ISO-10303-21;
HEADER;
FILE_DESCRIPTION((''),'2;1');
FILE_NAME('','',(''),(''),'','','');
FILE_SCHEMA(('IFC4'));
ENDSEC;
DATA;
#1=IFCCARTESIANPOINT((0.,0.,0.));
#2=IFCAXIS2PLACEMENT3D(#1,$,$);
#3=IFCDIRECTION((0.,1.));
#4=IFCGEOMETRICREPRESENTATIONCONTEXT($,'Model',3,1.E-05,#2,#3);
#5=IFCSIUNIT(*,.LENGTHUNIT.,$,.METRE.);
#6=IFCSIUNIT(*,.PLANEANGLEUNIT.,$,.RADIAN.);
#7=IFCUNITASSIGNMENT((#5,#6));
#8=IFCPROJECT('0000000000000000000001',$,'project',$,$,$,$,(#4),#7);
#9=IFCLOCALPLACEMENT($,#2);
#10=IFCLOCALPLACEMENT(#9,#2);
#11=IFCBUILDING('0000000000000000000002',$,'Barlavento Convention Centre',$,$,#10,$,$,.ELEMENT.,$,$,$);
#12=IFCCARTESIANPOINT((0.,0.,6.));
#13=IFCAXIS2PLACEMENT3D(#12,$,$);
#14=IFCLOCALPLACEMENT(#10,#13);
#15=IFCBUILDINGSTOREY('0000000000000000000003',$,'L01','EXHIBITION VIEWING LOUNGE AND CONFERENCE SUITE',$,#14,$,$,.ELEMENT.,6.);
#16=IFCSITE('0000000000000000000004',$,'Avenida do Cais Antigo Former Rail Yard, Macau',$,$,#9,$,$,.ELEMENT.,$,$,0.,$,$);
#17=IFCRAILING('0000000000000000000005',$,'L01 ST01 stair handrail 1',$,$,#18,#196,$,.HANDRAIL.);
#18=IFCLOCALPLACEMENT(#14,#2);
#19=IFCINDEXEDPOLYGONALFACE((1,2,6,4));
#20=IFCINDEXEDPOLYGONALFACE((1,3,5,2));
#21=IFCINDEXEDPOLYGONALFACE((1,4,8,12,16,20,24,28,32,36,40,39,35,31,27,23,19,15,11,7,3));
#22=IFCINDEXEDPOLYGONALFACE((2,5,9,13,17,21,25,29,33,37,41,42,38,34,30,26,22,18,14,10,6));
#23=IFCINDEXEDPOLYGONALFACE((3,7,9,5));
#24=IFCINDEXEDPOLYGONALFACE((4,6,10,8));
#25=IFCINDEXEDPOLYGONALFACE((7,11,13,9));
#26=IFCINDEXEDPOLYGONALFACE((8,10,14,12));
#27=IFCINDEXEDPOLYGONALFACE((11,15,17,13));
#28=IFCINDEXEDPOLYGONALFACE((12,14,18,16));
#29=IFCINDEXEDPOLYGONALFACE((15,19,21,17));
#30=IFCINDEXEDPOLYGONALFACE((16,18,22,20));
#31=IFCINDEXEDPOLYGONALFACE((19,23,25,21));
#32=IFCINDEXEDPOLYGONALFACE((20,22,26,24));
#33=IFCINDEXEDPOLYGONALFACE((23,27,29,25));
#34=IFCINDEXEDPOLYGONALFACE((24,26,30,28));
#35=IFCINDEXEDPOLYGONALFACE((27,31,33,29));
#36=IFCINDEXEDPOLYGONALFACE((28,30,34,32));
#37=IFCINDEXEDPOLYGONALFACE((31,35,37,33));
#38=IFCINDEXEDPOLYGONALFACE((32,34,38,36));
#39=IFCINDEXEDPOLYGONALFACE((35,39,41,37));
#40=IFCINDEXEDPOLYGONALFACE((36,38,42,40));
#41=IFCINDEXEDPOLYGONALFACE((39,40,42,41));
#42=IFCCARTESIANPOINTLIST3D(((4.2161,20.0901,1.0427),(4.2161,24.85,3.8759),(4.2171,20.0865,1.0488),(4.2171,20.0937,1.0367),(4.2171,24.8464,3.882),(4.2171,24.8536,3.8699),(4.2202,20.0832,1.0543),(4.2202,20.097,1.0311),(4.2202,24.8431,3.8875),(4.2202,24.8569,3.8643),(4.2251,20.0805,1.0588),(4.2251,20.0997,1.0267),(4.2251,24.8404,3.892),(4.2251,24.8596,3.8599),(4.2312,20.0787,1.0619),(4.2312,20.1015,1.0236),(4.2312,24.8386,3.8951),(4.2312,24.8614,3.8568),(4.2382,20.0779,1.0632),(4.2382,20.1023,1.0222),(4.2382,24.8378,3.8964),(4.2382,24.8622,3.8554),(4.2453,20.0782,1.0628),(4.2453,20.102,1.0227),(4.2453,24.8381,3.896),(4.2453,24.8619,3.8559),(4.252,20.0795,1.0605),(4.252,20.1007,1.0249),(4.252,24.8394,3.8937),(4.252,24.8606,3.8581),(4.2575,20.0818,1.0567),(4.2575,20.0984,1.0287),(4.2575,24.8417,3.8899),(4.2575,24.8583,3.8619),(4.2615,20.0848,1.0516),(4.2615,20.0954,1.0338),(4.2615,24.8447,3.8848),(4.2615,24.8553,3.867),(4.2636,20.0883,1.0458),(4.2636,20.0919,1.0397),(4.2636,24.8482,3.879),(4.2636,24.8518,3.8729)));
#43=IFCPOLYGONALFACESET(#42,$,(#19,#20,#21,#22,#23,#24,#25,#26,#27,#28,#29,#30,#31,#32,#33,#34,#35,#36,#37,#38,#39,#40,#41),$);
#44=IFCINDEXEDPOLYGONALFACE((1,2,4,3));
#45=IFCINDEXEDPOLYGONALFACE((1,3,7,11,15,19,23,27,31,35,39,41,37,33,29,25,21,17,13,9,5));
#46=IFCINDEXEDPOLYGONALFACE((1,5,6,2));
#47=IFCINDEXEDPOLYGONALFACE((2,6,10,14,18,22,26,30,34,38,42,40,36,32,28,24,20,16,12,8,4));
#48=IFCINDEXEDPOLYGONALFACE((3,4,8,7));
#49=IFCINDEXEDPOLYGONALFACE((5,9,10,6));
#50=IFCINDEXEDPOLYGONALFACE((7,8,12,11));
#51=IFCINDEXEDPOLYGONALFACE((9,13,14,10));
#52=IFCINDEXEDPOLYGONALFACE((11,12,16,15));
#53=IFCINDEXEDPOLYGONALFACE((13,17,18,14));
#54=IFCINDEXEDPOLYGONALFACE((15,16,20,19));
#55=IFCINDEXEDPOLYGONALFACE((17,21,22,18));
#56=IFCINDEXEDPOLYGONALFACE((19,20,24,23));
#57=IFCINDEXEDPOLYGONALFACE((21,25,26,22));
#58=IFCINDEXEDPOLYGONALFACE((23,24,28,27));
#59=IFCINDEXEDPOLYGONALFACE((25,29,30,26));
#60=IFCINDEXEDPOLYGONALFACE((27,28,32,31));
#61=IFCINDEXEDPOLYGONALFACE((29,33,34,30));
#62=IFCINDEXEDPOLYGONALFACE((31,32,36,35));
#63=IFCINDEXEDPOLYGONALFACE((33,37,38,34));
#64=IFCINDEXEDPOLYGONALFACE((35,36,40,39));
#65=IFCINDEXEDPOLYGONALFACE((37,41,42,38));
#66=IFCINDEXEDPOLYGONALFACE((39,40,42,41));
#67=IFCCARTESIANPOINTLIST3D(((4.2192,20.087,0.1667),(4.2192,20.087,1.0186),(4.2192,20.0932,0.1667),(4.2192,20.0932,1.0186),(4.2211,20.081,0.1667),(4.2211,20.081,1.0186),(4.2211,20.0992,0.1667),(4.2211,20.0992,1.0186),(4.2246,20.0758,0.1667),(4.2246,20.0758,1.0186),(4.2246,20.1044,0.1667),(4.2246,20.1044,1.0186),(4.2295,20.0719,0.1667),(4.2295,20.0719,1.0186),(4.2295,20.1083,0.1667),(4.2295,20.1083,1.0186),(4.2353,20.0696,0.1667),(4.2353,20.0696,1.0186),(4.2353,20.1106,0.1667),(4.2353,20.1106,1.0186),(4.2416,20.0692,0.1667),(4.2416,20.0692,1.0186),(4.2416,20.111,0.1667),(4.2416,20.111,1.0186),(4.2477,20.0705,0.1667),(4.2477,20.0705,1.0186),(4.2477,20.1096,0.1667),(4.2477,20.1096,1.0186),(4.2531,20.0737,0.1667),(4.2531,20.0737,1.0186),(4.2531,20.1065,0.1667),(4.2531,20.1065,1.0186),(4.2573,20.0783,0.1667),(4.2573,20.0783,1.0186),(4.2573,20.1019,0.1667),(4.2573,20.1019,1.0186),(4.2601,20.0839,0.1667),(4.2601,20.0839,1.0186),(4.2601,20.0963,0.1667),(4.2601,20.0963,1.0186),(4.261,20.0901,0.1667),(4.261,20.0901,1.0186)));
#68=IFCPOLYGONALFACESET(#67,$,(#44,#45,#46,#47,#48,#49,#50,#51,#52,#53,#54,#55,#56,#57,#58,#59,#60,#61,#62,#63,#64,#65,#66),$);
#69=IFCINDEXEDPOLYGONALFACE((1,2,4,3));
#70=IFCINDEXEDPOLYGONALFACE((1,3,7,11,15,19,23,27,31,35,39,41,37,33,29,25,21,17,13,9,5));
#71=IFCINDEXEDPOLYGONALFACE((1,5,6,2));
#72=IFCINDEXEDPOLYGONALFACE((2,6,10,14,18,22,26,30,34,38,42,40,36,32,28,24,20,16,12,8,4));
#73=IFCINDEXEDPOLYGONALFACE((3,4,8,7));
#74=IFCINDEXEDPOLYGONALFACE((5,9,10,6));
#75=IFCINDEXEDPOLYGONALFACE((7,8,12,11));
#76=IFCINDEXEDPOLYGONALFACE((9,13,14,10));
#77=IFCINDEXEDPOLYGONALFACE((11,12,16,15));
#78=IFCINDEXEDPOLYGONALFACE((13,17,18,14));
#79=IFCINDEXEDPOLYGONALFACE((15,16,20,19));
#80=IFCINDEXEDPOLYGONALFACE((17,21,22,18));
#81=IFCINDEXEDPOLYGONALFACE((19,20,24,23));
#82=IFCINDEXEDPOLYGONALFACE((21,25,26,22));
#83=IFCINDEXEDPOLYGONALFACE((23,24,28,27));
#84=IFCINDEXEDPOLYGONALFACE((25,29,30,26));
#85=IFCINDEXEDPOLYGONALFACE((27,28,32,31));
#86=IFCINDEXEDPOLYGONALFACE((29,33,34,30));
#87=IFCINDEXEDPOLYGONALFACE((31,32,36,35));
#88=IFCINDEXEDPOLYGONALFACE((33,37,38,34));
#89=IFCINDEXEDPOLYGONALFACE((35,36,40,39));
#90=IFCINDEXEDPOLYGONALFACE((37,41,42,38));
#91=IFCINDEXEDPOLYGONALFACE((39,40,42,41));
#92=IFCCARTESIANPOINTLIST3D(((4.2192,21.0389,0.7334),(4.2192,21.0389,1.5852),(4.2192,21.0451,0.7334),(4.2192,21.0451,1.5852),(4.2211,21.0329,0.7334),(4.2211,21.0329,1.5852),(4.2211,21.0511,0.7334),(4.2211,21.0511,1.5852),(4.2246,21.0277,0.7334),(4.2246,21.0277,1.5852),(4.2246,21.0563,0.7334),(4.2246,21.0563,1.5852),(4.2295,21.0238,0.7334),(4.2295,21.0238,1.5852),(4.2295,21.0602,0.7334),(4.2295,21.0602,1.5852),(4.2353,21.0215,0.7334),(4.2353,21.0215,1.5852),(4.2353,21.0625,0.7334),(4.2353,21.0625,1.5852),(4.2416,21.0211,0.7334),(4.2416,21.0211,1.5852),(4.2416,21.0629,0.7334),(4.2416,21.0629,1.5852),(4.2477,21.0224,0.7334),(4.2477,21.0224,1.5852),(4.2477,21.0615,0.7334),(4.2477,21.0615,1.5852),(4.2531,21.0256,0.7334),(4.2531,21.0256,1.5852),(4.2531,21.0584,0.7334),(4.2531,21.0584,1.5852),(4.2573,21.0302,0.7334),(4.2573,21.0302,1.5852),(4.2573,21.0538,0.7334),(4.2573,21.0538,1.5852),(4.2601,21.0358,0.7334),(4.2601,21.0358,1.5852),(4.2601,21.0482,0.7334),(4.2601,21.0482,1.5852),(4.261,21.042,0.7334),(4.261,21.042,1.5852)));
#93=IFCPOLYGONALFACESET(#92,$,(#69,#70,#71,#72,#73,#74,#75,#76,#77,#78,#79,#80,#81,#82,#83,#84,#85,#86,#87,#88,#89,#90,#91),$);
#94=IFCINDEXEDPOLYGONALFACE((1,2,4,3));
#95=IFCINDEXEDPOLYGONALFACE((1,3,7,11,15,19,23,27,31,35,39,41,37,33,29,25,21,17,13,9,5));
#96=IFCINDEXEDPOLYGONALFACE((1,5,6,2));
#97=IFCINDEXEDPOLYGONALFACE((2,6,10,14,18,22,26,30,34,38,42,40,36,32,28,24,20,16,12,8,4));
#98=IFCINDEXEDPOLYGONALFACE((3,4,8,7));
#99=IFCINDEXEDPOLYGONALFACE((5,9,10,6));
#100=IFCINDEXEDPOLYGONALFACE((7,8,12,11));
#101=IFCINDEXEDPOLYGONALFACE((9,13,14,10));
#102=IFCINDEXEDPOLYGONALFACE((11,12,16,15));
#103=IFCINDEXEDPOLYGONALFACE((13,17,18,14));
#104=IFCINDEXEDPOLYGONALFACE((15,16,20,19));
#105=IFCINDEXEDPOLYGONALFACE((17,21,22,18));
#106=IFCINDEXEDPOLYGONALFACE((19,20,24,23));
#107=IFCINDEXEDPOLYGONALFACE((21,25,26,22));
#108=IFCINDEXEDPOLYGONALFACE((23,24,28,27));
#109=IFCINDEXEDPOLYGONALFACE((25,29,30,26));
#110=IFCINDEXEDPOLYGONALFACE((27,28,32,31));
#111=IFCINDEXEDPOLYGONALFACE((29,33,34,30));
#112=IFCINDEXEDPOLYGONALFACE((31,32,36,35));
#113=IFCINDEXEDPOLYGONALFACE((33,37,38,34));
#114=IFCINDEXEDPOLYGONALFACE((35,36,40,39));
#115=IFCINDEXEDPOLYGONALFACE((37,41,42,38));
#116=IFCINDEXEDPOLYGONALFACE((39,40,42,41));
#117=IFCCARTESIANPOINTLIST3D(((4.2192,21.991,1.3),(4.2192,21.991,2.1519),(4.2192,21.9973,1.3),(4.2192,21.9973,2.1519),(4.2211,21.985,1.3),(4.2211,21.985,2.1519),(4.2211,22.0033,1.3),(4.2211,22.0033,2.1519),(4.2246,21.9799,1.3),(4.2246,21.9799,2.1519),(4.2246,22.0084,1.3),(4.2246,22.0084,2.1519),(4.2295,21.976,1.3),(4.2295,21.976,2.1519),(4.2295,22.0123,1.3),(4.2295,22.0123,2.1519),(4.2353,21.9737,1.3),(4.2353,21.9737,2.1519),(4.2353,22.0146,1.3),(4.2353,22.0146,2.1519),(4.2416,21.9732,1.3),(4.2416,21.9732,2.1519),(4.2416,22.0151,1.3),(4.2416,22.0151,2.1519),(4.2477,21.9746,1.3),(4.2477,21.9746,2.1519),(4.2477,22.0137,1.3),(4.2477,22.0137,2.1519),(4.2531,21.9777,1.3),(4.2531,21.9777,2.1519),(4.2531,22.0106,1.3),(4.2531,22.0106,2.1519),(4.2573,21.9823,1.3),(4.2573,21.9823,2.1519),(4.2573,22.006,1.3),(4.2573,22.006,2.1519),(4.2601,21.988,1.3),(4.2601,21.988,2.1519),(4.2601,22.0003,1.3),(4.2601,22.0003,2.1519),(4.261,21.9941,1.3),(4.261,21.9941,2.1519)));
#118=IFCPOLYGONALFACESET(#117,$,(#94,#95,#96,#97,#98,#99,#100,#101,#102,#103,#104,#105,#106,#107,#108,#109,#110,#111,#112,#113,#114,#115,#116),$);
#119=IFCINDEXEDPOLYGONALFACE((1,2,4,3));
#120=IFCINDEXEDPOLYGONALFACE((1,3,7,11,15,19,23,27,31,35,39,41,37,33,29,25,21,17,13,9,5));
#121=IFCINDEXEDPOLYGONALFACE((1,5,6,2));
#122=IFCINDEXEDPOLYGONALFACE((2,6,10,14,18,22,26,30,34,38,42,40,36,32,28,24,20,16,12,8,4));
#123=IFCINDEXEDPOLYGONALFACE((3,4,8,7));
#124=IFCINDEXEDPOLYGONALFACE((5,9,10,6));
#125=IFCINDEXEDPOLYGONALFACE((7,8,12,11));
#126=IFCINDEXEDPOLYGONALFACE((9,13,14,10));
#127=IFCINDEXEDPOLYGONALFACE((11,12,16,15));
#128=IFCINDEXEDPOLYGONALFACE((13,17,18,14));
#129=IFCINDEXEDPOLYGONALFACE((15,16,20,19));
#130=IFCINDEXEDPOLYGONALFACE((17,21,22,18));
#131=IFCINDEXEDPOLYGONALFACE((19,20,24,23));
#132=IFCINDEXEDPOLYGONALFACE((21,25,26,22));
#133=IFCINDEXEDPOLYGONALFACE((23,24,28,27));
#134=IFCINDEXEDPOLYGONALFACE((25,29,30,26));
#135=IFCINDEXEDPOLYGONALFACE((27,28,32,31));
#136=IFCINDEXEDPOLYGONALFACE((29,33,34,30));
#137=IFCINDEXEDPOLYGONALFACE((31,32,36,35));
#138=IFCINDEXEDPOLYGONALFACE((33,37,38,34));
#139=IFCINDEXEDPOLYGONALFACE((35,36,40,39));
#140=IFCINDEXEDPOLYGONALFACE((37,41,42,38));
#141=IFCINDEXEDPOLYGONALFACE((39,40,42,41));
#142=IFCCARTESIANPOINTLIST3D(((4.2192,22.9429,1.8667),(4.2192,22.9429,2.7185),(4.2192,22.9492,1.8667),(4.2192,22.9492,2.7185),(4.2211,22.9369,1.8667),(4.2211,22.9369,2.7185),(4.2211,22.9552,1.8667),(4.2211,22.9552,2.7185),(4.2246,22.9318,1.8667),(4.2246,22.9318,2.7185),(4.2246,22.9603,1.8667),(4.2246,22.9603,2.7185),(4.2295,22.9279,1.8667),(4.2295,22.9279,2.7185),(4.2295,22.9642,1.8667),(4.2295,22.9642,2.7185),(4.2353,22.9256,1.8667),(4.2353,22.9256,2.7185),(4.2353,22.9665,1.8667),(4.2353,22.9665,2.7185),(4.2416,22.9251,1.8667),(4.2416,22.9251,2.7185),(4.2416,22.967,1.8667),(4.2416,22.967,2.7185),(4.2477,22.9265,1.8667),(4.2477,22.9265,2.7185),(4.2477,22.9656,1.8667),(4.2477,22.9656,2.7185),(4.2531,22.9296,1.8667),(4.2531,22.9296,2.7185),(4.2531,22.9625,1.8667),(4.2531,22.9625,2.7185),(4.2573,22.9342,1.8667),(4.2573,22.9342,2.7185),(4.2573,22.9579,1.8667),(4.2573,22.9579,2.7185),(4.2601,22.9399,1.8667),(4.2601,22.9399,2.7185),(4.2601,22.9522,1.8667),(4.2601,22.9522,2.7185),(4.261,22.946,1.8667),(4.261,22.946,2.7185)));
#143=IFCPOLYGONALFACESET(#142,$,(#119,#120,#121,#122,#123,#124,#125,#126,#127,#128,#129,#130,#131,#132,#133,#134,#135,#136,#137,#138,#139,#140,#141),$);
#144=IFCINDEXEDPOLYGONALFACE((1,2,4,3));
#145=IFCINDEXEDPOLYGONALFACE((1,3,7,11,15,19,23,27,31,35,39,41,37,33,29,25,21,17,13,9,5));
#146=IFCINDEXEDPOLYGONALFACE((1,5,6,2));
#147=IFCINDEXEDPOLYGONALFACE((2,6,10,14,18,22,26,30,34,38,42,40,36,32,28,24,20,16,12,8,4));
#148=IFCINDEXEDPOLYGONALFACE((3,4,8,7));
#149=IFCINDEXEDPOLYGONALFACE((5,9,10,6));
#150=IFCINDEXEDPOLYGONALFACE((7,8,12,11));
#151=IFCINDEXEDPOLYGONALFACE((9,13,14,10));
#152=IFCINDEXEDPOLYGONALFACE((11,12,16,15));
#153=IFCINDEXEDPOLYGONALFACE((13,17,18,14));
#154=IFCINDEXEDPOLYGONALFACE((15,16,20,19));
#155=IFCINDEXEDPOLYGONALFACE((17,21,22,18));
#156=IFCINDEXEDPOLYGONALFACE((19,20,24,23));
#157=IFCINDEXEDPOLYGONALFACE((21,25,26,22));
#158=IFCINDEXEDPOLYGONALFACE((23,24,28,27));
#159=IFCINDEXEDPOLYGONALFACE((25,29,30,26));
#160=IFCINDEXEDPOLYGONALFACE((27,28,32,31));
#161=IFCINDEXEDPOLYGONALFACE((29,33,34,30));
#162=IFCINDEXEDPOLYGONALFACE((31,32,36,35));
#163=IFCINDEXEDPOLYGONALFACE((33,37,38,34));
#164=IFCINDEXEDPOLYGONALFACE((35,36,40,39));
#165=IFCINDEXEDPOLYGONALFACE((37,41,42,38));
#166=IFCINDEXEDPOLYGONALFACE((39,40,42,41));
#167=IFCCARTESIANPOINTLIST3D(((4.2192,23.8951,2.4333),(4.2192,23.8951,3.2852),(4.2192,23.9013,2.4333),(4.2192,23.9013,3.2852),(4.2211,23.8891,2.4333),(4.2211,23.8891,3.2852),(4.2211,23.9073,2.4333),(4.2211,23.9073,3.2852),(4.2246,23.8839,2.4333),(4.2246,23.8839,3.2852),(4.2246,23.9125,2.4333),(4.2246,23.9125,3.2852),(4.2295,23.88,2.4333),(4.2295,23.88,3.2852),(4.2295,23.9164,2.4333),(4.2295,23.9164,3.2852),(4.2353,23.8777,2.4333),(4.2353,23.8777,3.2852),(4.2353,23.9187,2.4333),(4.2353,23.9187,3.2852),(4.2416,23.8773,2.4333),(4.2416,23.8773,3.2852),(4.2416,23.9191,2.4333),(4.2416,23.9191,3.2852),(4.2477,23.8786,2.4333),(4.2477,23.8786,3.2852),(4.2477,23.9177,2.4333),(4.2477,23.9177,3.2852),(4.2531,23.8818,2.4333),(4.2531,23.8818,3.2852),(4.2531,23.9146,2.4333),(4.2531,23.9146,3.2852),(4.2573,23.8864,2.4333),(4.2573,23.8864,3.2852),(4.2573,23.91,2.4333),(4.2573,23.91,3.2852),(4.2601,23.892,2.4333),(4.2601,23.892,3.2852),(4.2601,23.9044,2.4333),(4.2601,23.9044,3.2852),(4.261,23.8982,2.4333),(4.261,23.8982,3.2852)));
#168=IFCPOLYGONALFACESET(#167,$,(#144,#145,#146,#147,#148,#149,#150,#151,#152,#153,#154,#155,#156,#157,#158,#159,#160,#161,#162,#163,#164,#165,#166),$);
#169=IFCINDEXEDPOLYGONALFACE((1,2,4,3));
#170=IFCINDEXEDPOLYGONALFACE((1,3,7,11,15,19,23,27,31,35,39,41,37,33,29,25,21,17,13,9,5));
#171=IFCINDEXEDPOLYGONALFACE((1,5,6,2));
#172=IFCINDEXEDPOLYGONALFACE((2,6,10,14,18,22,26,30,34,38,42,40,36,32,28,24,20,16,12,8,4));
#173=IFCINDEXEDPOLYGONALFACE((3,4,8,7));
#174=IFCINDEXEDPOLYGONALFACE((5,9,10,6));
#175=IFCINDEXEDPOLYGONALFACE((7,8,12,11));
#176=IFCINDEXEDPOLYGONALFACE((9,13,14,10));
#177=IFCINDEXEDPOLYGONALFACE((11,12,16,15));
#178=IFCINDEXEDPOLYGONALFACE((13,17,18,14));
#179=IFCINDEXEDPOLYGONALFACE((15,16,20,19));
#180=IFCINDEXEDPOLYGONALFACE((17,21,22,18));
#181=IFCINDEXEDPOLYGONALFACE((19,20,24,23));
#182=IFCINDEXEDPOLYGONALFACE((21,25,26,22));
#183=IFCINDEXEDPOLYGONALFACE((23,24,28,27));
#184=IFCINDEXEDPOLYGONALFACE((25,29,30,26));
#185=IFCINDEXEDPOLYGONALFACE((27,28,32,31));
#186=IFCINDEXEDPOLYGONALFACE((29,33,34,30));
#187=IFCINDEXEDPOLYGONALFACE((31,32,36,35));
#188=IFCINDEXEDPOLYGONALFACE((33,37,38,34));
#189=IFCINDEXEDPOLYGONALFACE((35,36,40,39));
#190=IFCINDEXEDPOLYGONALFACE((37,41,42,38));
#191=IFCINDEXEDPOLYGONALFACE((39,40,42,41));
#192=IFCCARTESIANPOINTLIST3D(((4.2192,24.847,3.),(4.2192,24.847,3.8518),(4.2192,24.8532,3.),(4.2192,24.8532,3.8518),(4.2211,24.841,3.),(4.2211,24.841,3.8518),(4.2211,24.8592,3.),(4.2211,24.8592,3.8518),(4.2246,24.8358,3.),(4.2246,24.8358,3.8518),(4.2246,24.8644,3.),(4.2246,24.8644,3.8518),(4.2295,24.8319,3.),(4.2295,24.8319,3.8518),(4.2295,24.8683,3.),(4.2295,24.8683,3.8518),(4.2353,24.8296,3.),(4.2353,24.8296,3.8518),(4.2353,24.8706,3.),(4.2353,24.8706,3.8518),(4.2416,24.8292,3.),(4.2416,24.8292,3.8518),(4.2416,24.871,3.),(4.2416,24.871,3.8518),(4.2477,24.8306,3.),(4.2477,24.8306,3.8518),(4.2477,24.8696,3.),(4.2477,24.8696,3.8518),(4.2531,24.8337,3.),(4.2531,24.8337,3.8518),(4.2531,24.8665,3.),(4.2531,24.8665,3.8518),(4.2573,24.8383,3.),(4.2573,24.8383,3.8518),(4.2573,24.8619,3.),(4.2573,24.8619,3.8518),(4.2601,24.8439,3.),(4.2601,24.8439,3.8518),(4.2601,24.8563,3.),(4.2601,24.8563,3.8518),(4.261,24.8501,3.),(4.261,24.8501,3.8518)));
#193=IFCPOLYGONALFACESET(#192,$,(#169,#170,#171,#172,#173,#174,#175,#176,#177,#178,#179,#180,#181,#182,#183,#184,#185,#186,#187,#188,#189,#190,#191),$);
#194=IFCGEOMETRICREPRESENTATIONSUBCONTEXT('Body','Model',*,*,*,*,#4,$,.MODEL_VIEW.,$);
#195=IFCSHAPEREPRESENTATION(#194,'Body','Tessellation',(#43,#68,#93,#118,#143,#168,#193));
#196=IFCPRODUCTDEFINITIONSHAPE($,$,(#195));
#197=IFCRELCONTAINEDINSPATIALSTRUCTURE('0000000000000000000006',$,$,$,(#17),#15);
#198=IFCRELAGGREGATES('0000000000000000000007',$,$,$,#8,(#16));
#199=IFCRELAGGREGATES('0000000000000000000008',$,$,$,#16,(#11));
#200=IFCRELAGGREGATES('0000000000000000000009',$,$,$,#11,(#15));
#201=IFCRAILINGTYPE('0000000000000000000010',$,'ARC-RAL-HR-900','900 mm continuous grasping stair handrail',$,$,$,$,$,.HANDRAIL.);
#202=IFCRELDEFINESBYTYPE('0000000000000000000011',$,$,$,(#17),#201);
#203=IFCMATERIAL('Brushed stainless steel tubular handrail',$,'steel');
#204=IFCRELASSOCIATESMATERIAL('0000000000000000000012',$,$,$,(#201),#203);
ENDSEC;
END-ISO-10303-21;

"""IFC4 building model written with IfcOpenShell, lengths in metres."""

from ifc_helpers import new_model, si_unit, direction, frame, origin, origin_2d, place, context, subcontext, project, spatial, circle, extrude, material, type_object, element, save


model = new_model("IFC4")

# Units and contexts
model_context = context("Model", 3, precision=1e-05, world=origin(), true_north=direction((0.0, 1.0)))
body_context = subcontext(model_context, "Body", "Model", "MODEL_VIEW")
ifc_project = project(units=[si_unit("LENGTHUNIT", "METRE"), si_unit("PLANEANGLEUNIT", "RADIAN")], contexts=[model_context])

# Site, building, storey
site_placement = place(None, origin())
site = spatial("IfcSite", under=ifc_project, at=site_placement, Name="Avenida do Cais Antigo Former Rail Yard, Macau", CompositionType="ELEMENT", RefElevation=0.0)
building_placement = place(site_placement, origin())
building = spatial("IfcBuilding", under=site, at=building_placement, Name="Barlavento Convention Centre", CompositionType="ELEMENT")
storey_placement = place(building_placement, frame((0.0, 0.0, 6.0)))
storey = spatial("IfcBuildingStorey", under=building, at=storey_placement, Name="L01", Description="EXHIBITION VIEWING LOUNGE AND CONFERENCE SUITE", CompositionType="ELEMENT", Elevation=6.0)

# Railing
ifc_material_1 = material(Name="Brushed stainless steel tubular handrail", Category="steel")
railing_type_1 = type_object("IfcRailingType", Name="ARC-RAL-HR-900", Description="900 mm continuous grasping stair handrail", PredefinedType="HANDRAIL", material=ifc_material_1)
railing_1_placement = place(storey_placement, frame((4.24, 20.0901, 0.1667)))
element("IfcRailing", 1, at=railing_1_placement, inside=storey, type_object=railing_type_1, Name="L01 ST01 stair handrail 1", PredefinedType="HANDRAIL", context=body_context, shape_type="SweptSolid", body=[
    extrude(circle(Radius=0.0239, at=origin_2d()), frame((0.0, 0.0, 0.876), z_axis=(0.0, 0.8593, 0.511472), x_axis=(-1.0, 0.0, 0.0)), (0.0, 0.0, 1.0), 5.5393),
    extrude(circle(Radius=0.021, at=origin_2d()), origin(), (0.0, 0.0, 1.0), 0.8518),
    extrude(circle(Radius=0.021, at=origin_2d()), frame((0.0, 0.9519, 0.5667)), (0.0, 0.0, 1.0), 0.8518),
    extrude(circle(Radius=0.021, at=origin_2d()), frame((0.0, 1.9041, 1.1333)), (0.0, 0.0, 1.0), 0.8518),
    extrude(circle(Radius=0.021, at=origin_2d()), frame((0.0, 2.856, 1.7)), (0.0, 0.0, 1.0), 0.8518),
    extrude(circle(Radius=0.021, at=origin_2d()), frame((0.0, 3.8081, 2.2666)), (0.0, 0.0, 1.0), 0.8518),
    extrude(circle(Radius=0.021, at=origin_2d()), frame((0.0, 4.76, 2.8333)), (0.0, 0.0, 1.0), 0.8518),
])

save(model, "model.ifc")
